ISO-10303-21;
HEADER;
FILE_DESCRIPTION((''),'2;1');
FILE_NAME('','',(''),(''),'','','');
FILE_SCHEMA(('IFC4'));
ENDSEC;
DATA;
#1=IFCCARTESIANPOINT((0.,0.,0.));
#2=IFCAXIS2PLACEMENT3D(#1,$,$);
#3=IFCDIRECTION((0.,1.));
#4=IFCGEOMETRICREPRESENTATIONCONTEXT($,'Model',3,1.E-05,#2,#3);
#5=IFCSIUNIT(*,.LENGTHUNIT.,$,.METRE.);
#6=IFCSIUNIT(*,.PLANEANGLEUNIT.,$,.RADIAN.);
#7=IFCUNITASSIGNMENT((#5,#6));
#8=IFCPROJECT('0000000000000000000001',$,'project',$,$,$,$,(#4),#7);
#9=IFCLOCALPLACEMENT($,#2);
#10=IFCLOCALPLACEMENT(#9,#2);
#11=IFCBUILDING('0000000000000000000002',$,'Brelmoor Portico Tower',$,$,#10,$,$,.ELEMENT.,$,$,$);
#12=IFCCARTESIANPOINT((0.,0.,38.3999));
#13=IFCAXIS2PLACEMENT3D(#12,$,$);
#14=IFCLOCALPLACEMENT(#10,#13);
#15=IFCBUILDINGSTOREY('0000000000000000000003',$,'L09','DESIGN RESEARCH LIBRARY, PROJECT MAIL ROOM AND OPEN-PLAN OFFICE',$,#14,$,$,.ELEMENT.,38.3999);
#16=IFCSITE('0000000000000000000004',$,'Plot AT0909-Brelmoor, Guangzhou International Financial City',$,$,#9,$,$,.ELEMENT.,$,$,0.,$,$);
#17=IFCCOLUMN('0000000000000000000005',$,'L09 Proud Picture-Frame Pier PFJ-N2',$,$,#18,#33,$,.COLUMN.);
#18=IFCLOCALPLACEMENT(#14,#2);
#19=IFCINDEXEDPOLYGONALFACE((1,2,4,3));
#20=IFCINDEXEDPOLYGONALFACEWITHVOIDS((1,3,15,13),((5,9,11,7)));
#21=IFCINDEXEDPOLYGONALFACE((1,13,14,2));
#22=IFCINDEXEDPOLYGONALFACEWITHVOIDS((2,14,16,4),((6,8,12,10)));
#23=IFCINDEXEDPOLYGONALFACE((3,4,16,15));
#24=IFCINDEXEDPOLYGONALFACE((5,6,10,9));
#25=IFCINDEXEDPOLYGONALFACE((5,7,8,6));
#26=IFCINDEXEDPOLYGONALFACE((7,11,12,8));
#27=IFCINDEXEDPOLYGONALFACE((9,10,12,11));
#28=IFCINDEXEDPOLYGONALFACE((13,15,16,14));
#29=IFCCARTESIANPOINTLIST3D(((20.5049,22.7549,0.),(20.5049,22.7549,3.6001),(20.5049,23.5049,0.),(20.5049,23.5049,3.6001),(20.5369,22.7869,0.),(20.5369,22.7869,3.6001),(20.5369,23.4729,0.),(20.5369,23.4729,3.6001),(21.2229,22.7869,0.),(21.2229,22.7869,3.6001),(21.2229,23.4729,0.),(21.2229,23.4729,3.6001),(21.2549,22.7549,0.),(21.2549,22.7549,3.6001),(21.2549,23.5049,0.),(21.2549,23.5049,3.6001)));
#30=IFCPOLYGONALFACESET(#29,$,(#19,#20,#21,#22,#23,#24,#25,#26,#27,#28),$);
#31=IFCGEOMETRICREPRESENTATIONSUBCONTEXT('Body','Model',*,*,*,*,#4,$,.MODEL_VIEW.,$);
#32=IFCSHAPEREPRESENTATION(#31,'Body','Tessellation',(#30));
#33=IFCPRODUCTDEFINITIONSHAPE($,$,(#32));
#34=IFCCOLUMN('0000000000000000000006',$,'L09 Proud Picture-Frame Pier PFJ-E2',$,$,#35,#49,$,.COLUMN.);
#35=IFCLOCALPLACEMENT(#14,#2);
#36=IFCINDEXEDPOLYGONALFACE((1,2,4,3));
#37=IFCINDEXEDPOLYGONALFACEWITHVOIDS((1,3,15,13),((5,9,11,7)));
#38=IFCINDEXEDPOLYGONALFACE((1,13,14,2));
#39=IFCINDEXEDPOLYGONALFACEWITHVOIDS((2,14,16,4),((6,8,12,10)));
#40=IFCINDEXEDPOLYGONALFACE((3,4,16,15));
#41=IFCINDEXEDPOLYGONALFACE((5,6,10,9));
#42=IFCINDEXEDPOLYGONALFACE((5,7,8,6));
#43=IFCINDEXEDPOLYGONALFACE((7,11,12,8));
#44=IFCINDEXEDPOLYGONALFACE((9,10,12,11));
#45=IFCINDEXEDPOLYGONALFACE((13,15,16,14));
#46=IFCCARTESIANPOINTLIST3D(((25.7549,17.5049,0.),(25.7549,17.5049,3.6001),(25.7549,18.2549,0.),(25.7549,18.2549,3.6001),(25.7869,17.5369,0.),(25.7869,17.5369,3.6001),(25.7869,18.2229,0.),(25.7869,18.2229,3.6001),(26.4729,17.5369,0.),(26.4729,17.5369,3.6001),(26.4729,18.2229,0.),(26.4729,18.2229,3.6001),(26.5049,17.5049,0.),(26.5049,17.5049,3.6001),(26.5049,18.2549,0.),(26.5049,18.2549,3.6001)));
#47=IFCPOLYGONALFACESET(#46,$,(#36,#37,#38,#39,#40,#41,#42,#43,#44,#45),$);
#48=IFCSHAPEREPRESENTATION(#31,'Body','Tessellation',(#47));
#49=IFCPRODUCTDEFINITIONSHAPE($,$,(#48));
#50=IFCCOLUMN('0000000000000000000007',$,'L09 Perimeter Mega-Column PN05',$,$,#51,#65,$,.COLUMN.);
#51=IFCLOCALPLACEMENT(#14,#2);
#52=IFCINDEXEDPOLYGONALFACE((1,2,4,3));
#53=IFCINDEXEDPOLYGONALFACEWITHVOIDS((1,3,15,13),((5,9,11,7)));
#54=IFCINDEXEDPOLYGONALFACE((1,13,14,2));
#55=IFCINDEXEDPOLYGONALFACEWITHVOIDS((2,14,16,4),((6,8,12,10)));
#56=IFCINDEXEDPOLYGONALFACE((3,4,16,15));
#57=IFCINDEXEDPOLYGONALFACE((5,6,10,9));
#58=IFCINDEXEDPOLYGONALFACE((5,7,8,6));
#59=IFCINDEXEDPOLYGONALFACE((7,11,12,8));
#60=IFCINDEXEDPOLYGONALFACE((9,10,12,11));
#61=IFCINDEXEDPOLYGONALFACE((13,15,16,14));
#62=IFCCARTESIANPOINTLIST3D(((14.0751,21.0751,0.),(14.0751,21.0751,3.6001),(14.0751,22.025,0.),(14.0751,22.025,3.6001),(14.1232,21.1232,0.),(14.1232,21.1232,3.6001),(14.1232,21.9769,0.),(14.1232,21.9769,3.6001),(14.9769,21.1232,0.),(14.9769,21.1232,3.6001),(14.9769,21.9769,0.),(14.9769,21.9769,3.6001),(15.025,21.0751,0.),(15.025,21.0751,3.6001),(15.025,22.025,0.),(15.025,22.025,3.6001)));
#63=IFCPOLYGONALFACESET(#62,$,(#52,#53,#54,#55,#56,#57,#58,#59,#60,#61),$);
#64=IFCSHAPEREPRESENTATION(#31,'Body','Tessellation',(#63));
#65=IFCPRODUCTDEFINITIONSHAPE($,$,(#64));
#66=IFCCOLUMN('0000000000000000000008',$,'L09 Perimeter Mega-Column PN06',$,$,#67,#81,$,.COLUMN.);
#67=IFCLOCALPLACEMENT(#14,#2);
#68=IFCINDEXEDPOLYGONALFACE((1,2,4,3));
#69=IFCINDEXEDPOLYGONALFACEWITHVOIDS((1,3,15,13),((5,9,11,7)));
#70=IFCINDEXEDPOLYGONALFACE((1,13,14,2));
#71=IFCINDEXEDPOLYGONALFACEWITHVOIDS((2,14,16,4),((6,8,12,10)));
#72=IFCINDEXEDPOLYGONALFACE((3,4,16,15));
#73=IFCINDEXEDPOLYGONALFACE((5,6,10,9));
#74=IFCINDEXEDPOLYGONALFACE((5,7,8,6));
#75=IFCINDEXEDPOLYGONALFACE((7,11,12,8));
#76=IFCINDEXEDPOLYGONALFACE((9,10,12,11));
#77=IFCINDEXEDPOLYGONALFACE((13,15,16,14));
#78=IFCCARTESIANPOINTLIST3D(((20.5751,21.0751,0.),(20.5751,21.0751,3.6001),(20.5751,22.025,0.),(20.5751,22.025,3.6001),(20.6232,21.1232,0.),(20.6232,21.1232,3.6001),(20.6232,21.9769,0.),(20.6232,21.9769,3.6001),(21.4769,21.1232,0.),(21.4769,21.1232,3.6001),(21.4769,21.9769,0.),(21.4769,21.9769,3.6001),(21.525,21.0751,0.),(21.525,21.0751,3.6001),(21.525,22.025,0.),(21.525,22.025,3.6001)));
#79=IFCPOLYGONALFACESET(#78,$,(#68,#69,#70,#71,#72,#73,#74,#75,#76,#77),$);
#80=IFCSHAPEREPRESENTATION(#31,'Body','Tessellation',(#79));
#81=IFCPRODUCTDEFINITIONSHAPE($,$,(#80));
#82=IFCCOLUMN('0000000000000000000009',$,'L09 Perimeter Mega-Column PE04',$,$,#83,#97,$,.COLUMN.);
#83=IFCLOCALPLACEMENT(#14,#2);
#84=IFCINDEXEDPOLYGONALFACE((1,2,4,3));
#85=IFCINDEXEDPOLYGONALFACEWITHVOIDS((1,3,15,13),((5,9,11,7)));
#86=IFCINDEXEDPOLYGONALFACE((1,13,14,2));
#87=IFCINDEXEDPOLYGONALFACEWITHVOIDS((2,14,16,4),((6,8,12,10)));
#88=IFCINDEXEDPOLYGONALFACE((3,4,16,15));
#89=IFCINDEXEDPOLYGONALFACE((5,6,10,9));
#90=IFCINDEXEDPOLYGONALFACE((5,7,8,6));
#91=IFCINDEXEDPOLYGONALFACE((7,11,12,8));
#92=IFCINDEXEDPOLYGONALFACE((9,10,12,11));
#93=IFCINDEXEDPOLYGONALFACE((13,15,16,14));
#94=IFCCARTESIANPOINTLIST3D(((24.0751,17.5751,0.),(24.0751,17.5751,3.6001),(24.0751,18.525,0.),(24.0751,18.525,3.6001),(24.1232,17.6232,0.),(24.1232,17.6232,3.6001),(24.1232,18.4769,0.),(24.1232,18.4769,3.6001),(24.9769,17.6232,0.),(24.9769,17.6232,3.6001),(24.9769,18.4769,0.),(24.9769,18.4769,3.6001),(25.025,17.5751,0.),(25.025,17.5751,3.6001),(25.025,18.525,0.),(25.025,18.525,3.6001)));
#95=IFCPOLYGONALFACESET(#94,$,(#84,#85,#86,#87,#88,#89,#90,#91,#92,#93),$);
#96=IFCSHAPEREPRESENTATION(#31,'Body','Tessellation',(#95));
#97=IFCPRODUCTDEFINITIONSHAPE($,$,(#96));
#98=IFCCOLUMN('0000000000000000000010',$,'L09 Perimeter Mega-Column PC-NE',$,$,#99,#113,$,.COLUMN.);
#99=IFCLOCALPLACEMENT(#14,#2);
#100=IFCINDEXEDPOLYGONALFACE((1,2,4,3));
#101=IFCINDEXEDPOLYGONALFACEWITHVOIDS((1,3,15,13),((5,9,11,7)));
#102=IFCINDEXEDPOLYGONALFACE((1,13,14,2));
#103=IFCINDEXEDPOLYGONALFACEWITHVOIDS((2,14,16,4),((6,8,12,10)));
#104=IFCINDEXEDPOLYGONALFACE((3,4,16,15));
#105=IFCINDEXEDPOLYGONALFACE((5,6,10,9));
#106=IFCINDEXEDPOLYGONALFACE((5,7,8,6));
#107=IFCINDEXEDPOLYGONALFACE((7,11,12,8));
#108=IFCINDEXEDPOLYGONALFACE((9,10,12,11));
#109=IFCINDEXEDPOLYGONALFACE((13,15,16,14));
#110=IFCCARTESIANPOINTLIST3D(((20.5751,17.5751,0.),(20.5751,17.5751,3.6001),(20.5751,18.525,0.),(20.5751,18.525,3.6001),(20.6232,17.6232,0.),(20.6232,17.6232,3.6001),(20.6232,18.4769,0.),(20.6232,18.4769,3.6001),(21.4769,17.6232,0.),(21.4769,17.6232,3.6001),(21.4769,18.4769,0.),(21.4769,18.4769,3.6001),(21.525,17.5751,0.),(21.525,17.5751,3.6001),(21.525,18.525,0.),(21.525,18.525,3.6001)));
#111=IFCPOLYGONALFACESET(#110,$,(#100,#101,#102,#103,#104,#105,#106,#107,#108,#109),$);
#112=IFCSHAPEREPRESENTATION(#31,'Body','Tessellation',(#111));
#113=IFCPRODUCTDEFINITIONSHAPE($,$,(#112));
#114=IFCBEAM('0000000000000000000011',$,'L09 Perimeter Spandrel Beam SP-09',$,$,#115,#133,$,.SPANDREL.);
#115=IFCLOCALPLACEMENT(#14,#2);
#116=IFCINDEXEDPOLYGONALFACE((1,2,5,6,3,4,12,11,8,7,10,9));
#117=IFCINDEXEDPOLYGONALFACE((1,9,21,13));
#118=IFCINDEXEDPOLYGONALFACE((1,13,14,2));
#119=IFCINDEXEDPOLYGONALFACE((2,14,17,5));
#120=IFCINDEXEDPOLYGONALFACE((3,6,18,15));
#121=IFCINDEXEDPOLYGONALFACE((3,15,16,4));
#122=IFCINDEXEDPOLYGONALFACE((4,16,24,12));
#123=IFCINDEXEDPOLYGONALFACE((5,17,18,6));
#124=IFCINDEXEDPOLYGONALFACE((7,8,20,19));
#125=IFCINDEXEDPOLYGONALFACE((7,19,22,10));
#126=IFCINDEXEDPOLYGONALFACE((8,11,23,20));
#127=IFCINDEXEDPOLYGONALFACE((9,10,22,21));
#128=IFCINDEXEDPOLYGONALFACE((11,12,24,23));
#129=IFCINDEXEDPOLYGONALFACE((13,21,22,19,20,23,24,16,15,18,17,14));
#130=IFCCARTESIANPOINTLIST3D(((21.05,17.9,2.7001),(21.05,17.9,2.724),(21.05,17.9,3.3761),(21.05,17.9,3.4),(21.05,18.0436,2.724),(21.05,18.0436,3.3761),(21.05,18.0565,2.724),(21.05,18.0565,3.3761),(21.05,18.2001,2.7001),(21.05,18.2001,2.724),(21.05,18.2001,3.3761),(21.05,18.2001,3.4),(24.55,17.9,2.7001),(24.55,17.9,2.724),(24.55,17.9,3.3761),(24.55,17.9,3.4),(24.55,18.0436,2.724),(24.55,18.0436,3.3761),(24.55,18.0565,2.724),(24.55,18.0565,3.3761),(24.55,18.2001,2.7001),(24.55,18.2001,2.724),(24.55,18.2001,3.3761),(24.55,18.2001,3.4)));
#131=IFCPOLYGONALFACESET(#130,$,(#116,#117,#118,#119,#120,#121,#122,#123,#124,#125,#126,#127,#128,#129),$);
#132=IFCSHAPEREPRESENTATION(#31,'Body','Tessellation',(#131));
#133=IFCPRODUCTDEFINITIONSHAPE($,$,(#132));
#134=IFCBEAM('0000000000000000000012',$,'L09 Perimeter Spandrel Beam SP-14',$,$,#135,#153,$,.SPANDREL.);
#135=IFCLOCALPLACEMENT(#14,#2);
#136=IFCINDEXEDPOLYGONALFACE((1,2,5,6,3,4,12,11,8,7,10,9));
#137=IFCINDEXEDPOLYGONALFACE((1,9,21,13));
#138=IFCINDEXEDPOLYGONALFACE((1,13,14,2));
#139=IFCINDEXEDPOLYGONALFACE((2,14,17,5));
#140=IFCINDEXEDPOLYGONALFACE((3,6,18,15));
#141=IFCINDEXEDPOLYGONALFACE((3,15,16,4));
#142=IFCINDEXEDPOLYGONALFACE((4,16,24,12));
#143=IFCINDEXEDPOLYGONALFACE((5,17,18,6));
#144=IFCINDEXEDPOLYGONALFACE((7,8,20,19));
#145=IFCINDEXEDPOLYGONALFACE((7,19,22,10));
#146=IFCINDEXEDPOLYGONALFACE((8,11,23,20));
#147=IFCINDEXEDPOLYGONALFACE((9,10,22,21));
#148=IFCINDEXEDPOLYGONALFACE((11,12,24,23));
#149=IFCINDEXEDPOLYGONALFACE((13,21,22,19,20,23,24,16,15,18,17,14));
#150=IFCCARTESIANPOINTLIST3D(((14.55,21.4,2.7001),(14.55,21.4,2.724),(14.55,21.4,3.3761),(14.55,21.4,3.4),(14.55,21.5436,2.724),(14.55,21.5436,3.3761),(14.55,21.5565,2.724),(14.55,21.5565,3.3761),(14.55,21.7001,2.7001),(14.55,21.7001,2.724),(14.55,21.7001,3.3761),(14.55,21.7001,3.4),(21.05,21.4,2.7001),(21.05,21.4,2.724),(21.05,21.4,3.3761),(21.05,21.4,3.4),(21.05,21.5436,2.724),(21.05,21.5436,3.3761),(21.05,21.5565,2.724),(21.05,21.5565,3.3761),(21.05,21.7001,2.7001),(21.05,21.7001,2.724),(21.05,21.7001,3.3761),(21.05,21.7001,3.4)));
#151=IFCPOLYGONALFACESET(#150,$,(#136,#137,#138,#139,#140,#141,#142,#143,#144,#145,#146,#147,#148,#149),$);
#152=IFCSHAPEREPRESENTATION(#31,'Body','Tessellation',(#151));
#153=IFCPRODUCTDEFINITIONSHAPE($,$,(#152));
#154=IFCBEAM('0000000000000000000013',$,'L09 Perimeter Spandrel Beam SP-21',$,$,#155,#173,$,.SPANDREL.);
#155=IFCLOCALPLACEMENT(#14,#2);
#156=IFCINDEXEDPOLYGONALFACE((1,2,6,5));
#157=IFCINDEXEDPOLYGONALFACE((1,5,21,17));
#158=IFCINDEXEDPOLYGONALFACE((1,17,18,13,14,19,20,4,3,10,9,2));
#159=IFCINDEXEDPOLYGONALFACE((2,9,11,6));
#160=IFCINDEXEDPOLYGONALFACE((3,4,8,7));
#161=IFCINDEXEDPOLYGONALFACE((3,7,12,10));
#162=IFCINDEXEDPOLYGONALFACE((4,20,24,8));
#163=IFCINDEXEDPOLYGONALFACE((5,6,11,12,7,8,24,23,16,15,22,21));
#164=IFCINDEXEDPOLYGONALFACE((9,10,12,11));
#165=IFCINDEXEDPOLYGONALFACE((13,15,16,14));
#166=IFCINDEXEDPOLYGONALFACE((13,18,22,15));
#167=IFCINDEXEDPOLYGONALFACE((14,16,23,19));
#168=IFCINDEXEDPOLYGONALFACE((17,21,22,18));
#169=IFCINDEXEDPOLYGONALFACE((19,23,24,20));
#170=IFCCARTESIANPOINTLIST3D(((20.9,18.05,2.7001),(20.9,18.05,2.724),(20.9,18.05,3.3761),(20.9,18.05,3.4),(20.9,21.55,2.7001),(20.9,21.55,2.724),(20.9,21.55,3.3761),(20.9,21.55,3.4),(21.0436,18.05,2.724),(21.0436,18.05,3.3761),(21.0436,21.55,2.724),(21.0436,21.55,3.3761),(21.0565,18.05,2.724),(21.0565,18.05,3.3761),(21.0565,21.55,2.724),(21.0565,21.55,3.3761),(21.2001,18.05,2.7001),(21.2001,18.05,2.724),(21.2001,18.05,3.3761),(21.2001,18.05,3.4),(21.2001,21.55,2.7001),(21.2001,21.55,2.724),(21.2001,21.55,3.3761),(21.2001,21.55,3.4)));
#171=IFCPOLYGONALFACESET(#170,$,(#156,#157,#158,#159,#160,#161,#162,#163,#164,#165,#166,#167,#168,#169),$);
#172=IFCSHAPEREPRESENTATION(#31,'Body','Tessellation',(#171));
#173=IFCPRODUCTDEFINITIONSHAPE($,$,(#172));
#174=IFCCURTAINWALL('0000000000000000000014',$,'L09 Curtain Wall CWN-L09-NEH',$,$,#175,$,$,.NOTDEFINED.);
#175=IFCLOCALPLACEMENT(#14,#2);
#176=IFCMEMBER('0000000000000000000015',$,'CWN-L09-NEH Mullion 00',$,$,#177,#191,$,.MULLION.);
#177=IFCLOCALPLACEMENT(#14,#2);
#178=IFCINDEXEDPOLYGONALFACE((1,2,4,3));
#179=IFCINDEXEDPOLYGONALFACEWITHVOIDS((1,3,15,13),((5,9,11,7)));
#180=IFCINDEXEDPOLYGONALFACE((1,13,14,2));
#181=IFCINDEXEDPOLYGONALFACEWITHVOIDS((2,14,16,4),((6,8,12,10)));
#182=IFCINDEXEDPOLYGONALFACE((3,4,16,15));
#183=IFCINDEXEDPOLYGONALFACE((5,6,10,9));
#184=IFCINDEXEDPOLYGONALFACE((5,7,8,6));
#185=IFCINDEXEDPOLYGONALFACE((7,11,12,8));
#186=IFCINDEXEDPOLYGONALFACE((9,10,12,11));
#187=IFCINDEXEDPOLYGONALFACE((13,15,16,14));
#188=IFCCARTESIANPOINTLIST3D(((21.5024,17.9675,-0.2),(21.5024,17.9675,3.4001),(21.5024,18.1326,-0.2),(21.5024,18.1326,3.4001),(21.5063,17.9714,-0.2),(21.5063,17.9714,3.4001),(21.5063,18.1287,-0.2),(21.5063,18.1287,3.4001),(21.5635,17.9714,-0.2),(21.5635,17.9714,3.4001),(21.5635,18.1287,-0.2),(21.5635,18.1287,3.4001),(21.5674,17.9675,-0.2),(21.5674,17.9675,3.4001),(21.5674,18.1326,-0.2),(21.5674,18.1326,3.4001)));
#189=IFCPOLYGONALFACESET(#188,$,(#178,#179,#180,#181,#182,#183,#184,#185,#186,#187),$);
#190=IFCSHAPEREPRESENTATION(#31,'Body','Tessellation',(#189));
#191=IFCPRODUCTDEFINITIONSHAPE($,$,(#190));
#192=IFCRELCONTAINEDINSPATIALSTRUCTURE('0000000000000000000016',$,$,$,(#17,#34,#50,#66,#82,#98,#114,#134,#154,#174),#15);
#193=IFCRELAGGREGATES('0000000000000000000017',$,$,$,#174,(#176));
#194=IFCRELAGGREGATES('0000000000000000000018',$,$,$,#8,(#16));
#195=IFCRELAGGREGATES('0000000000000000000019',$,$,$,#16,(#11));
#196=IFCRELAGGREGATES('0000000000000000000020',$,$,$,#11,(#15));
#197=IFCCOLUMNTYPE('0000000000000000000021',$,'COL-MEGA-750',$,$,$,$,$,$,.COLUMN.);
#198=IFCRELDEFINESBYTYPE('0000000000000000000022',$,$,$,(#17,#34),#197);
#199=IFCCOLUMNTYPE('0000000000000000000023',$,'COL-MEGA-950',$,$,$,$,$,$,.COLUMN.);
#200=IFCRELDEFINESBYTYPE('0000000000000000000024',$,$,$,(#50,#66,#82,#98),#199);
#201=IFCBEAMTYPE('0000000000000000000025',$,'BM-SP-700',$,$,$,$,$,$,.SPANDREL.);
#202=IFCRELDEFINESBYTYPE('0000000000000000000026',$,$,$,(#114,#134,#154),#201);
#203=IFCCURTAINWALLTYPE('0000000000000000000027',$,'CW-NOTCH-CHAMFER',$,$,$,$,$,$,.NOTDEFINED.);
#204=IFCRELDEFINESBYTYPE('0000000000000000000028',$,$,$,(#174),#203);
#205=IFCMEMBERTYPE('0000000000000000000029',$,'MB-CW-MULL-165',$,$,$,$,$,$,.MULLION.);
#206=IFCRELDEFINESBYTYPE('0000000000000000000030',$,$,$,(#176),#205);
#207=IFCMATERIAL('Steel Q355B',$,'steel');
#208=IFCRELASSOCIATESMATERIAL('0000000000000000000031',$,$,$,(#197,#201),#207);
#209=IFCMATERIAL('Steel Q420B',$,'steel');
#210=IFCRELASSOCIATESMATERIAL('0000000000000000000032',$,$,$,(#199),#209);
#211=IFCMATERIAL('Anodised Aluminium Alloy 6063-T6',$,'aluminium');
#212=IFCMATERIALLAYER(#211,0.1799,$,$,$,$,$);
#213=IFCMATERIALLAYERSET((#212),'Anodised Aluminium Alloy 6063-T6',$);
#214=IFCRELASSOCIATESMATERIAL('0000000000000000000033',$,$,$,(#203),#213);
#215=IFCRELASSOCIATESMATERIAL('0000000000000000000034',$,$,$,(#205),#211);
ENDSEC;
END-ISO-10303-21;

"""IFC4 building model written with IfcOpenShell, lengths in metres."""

from ifc_helpers import new_model, si_unit, direction, frame, origin, origin_2d, place, context, subcontext, project, spatial, hollow_rectangle, i_section, extrude, material, layer, layer_set, material_profile, profile_set, type_object, element, aggregate, save


model = new_model("IFC4")

# Units and contexts
model_context = context("Model", 3, precision=1e-05, world=origin(), true_north=direction((0.0, 1.0)))
body_context = subcontext(model_context, "Body", "Model", "MODEL_VIEW")
ifc_project = project(units=[si_unit("LENGTHUNIT", "METRE"), si_unit("PLANEANGLEUNIT", "RADIAN")], contexts=[model_context])

# Site, building, storey
site_placement = place(None, origin())
site = spatial("IfcSite", under=ifc_project, at=site_placement, Name="Plot AT0909-Brelmoor, Guangzhou International Financial City", CompositionType="ELEMENT", RefElevation=0.0)
building_placement = place(site_placement, origin())
building = spatial("IfcBuilding", under=site, at=building_placement, Name="Brelmoor Portico Tower", CompositionType="ELEMENT")
storey_placement = place(building_placement, frame((0.0, 0.0, 38.3999)))
storey = spatial("IfcBuildingStorey", under=building, at=storey_placement, Name="L09", Description="DESIGN RESEARCH LIBRARY, PROJECT MAIL ROOM AND OPEN-PLAN OFFICE", CompositionType="ELEMENT", Elevation=38.3999)

# Columns
ifc_material_1 = material(Name="Steel Q355B", Category="steel")
ifc_material_profile_1 = material_profile(ifc_material_1, hollow_rectangle(XDim=0.75, YDim=0.75, WallThickness=0.032, at=origin_2d()), Name="BOX 750x750x32")
ifc_profile_set_1 = profile_set([ifc_material_profile_1], Name="Steel Q355B")
column_type_1 = type_object("IfcColumnType", Name="COL-MEGA-750", PredefinedType="COLUMN", material=ifc_profile_set_1)
for number, where, z_axis, x_axis, name in (
    (1, (20.8799, 23.1299, 0.0), (0.0, 0.0, 1.0), (1.0, 0.0, 0.0), "L09 Proud Picture-Frame Pier PFJ-N2"),
    (2, (26.1299, 17.8799, 0.0), (0.0, 0.0, 1.0), (0.0, 1.0, 0.0), "L09 Proud Picture-Frame Pier PFJ-E2"),
):
    element("IfcColumn", number, at=place(storey_placement, frame(where, z_axis=z_axis, x_axis=x_axis)), inside=storey, type_object=column_type_1, Name=name, PredefinedType="COLUMN", context=body_context, shape_type="SweptSolid", body=[
        extrude(hollow_rectangle(XDim=0.75, YDim=0.75, WallThickness=0.032, at=origin_2d()), origin(), (0.0, 0.0, 1.0), 3.6001),
    ])
ifc_material_2 = material(Name="Steel Q420B", Category="steel")
ifc_material_profile_2 = material_profile(ifc_material_2, hollow_rectangle(XDim=0.95, YDim=0.95, WallThickness=0.0481, at=origin_2d()), Name="BOX 950x950x48")
ifc_profile_set_2 = profile_set([ifc_material_profile_2], Name="Steel Q420B")
column_type_2 = type_object("IfcColumnType", Name="COL-MEGA-950", PredefinedType="COLUMN", material=ifc_profile_set_2)
for number, where, z_axis, x_axis, name in (
    (3, (14.55, 21.55, 0.0), (0.0, 0.0, 1.0), (1.0, 0.0, 0.0), "L09 Perimeter Mega-Column PN05"),
    (4, (21.05, 21.55, 0.0), (0.0, 0.0, 1.0), (1.0, 0.0, 0.0), "L09 Perimeter Mega-Column PN06"),
    (5, (24.55, 18.05, 0.0), (0.0, 0.0, 1.0), (0.0, 1.0, 0.0), "L09 Perimeter Mega-Column PE04"),
    (6, (21.05, 18.05, 0.0), (0.0, 0.0, 1.0), (1.0, 0.0, 0.0), "L09 Perimeter Mega-Column PC-NE"),
):
    element("IfcColumn", number, at=place(storey_placement, frame(where, z_axis=z_axis, x_axis=x_axis)), inside=storey, type_object=column_type_2, Name=name, PredefinedType="COLUMN", context=body_context, shape_type="SweptSolid", body=[
        extrude(hollow_rectangle(XDim=0.95, YDim=0.95, WallThickness=0.0481, at=origin_2d()), origin(), (0.0, 0.0, 1.0), 3.6001),
    ])

# Beams
ifc_material_profile_3 = material_profile(ifc_material_1, i_section(OverallWidth=0.3, OverallDepth=0.7, WebThickness=0.0129, FlangeThickness=0.0239, at=origin_2d()), Name="HN 700x300x13x24")
ifc_profile_set_3 = profile_set([ifc_material_profile_3], Name="Steel Q355B")
beam_type = type_object("IfcBeamType", Name="BM-SP-700", PredefinedType="SPANDREL", material=ifc_profile_set_3)
beam_1_placement = place(storey_placement, frame((21.05, 18.05, 3.05), z_axis=(1.0, 0.0, 0.0), x_axis=(0.0, 1.0, 0.0)))
element("IfcBeam", 7, at=beam_1_placement, inside=storey, type_object=beam_type, Name="L09 Perimeter Spandrel Beam SP-09", PredefinedType="SPANDREL", context=body_context, shape_type="SweptSolid", body=[
    extrude(i_section(OverallWidth=0.3, OverallDepth=0.7, WebThickness=0.0129, FlangeThickness=0.0239, at=origin_2d()), origin(), (0.0, 0.0, 1.0), 3.5),
])
beam_2_placement = place(storey_placement, frame((14.55, 21.55, 3.05), z_axis=(1.0, 0.0, 0.0), x_axis=(0.0, 1.0, 0.0)))
element("IfcBeam", 8, at=beam_2_placement, inside=storey, type_object=beam_type, Name="L09 Perimeter Spandrel Beam SP-14", PredefinedType="SPANDREL", context=body_context, shape_type="SweptSolid", body=[
    extrude(i_section(OverallWidth=0.3, OverallDepth=0.7, WebThickness=0.0129, FlangeThickness=0.0239, at=origin_2d()), origin(), (0.0, 0.0, 1.0), 6.5),
])
beam_3_placement = place(storey_placement, frame((21.05, 18.05, 3.05), z_axis=(0.0, 1.0, 0.0), x_axis=(-1.0, 0.0, 0.0)))
element("IfcBeam", 9, at=beam_3_placement, inside=storey, type_object=beam_type, Name="L09 Perimeter Spandrel Beam SP-21", PredefinedType="SPANDREL", context=body_context, shape_type="SweptSolid", body=[
    extrude(i_section(OverallWidth=0.3, OverallDepth=0.7, WebThickness=0.0129, FlangeThickness=0.0239, at=origin_2d()), origin(), (0.0, 0.0, 1.0), 3.5),
])

# Curtain wall, member
ifc_material_3 = material(Name="Anodised Aluminium Alloy 6063-T6", Category="aluminium")
ifc_layer_1 = layer(ifc_material_3, 0.1799)
ifc_layer_set_1 = layer_set([ifc_layer_1], Name="Anodised Aluminium Alloy 6063-T6")
curtain_wall_type = type_object("IfcCurtainWallType", Name="CW-NOTCH-CHAMFER", PredefinedType="NOTDEFINED", material=ifc_layer_set_1)
curtain_wall_1_placement = place(storey_placement, origin())
curtain_wall_1 = element("IfcCurtainWall", 10, at=curtain_wall_1_placement, inside=storey, type_object=curtain_wall_type, Name="L09 Curtain Wall CWN-L09-NEH", PredefinedType="NOTDEFINED")
ifc_material_profile_4 = material_profile(ifc_material_3, hollow_rectangle(XDim=0.0649, YDim=0.165, WallThickness=0.0039, at=origin_2d()), Name="ALU MULLION 65x165")
ifc_profile_set_4 = profile_set([ifc_material_profile_4], Name="Anodised Aluminium Alloy 6063-T6")
member_type_1 = type_object("IfcMemberType", Name="MB-CW-MULL-165", PredefinedType="MULLION", material=ifc_profile_set_4)
member_1_placement = place(storey_placement, frame((21.5349, 18.05, -0.2), z_axis=(0.0, 0.0, 1.0), x_axis=(1.0, 0.0, 0.0)))
member_1 = element("IfcMember", 11, at=member_1_placement, type_object=member_type_1, Name="CWN-L09-NEH Mullion 00", PredefinedType="MULLION", context=body_context, shape_type="SweptSolid", body=[
    extrude(hollow_rectangle(XDim=0.0649, YDim=0.165, WallThickness=0.0039, at=origin_2d()), origin(), (0.0, 0.0, 1.0), 3.6001),
])

aggregate(curtain_wall_1, [member_1])

save(model, "model.ifc")
